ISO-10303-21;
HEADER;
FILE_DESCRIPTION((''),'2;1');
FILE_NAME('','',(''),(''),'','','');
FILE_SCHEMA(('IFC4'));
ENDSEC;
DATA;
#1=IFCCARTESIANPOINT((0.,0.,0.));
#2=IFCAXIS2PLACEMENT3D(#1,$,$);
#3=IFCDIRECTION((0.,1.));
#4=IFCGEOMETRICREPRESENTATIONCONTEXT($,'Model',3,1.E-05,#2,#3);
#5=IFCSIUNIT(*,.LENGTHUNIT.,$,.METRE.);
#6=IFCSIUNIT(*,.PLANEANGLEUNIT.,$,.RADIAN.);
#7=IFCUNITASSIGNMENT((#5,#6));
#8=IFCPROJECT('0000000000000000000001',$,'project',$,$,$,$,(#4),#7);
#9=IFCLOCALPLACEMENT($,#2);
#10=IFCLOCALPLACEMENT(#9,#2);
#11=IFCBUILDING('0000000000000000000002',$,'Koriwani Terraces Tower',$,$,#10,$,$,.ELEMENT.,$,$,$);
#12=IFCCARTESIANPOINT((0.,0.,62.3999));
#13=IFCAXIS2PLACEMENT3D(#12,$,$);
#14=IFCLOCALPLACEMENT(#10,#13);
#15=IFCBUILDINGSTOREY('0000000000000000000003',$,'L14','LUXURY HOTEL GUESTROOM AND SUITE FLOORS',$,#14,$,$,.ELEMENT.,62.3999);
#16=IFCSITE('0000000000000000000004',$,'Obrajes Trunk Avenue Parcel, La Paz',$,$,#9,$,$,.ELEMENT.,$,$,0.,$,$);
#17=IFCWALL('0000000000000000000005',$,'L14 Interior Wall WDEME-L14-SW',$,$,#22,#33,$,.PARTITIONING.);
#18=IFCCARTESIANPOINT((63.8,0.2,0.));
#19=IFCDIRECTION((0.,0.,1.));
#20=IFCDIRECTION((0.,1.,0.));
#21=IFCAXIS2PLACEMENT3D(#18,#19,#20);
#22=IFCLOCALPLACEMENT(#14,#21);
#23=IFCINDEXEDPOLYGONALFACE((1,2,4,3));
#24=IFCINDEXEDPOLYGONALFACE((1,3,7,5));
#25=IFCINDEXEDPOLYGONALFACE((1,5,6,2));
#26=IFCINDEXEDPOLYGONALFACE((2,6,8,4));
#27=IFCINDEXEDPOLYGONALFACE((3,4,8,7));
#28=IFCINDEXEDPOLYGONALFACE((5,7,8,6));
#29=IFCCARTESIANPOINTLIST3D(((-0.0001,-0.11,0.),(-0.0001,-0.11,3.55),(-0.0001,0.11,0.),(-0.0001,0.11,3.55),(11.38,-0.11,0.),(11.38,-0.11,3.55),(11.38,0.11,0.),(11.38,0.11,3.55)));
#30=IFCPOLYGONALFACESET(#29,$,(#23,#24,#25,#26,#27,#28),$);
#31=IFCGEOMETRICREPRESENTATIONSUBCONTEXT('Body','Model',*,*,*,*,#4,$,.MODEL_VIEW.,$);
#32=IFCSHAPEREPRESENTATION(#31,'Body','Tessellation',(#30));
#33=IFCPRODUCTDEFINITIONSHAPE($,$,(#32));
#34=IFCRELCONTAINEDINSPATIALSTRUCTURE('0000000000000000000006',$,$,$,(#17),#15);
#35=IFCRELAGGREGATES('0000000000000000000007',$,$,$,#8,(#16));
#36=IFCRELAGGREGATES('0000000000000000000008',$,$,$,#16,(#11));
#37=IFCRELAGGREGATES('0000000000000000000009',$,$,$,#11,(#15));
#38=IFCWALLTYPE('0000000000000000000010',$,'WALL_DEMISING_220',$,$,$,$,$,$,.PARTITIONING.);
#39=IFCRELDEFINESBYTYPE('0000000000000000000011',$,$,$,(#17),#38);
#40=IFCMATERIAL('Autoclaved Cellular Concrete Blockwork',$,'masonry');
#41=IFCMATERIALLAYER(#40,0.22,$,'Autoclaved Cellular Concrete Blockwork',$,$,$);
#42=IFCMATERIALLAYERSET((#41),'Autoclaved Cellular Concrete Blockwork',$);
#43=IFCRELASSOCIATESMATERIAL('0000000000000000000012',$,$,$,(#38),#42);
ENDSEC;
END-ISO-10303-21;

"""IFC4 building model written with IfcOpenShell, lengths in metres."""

from ifc_helpers import new_model, si_unit, direction, frame, frame_2d, origin, place, context, subcontext, project, spatial, rectangle, extrude, material, layer, layer_set, type_object, element, save


model = new_model("IFC4")

# Units and contexts
model_context = context("Model", 3, precision=1e-05, world=origin(), true_north=direction((0.0, 1.0)))
body_context = subcontext(model_context, "Body", "Model", "MODEL_VIEW")
ifc_project = project(units=[si_unit("LENGTHUNIT", "METRE"), si_unit("PLANEANGLEUNIT", "RADIAN")], contexts=[model_context])

# Site, building, storey
site_placement = place(None, origin())
site = spatial("IfcSite", under=ifc_project, at=site_placement, Name="Obrajes Trunk Avenue Parcel, La Paz", CompositionType="ELEMENT", RefElevation=0.0)
building_placement = place(site_placement, origin())
building = spatial("IfcBuilding", under=site, at=building_placement, Name="Koriwani Terraces Tower", CompositionType="ELEMENT")
storey_placement = place(building_placement, frame((0.0, 0.0, 62.3999)))
storey = spatial("IfcBuildingStorey", under=building, at=storey_placement, Name="L14", Description="LUXURY HOTEL GUESTROOM AND SUITE FLOORS", CompositionType="ELEMENT", Elevation=62.3999)

# Shared definitions
ifc_material_1 = material(Name="Autoclaved Cellular Concrete Blockwork", Category="masonry")

# Wall
ifc_layer_1 = layer(ifc_material_1, 0.22, Name="Autoclaved Cellular Concrete Blockwork")
ifc_layer_set_1 = layer_set([ifc_layer_1], Name="Autoclaved Cellular Concrete Blockwork")
wall_type_1 = type_object("IfcWallType", Name="WALL_DEMISING_220", PredefinedType="PARTITIONING", material=ifc_layer_set_1)
wall_1_placement = place(storey_placement, frame((63.8, 0.2, 0.0), z_axis=(0.0, 0.0, 1.0), x_axis=(0.0, 1.0, 0.0)))
element("IfcWall", 1, at=wall_1_placement, inside=storey, type_object=wall_type_1, Name="L14 Interior Wall WDEME-L14-SW", PredefinedType="PARTITIONING", context=body_context, shape_type="SweptSolid", body=[
    extrude(rectangle(XDim=11.3801, YDim=0.22, at=frame_2d((5.6899, 0.0))), origin(), (0.0, 0.0, 1.0), 3.55),
])

save(model, "model.ifc")
